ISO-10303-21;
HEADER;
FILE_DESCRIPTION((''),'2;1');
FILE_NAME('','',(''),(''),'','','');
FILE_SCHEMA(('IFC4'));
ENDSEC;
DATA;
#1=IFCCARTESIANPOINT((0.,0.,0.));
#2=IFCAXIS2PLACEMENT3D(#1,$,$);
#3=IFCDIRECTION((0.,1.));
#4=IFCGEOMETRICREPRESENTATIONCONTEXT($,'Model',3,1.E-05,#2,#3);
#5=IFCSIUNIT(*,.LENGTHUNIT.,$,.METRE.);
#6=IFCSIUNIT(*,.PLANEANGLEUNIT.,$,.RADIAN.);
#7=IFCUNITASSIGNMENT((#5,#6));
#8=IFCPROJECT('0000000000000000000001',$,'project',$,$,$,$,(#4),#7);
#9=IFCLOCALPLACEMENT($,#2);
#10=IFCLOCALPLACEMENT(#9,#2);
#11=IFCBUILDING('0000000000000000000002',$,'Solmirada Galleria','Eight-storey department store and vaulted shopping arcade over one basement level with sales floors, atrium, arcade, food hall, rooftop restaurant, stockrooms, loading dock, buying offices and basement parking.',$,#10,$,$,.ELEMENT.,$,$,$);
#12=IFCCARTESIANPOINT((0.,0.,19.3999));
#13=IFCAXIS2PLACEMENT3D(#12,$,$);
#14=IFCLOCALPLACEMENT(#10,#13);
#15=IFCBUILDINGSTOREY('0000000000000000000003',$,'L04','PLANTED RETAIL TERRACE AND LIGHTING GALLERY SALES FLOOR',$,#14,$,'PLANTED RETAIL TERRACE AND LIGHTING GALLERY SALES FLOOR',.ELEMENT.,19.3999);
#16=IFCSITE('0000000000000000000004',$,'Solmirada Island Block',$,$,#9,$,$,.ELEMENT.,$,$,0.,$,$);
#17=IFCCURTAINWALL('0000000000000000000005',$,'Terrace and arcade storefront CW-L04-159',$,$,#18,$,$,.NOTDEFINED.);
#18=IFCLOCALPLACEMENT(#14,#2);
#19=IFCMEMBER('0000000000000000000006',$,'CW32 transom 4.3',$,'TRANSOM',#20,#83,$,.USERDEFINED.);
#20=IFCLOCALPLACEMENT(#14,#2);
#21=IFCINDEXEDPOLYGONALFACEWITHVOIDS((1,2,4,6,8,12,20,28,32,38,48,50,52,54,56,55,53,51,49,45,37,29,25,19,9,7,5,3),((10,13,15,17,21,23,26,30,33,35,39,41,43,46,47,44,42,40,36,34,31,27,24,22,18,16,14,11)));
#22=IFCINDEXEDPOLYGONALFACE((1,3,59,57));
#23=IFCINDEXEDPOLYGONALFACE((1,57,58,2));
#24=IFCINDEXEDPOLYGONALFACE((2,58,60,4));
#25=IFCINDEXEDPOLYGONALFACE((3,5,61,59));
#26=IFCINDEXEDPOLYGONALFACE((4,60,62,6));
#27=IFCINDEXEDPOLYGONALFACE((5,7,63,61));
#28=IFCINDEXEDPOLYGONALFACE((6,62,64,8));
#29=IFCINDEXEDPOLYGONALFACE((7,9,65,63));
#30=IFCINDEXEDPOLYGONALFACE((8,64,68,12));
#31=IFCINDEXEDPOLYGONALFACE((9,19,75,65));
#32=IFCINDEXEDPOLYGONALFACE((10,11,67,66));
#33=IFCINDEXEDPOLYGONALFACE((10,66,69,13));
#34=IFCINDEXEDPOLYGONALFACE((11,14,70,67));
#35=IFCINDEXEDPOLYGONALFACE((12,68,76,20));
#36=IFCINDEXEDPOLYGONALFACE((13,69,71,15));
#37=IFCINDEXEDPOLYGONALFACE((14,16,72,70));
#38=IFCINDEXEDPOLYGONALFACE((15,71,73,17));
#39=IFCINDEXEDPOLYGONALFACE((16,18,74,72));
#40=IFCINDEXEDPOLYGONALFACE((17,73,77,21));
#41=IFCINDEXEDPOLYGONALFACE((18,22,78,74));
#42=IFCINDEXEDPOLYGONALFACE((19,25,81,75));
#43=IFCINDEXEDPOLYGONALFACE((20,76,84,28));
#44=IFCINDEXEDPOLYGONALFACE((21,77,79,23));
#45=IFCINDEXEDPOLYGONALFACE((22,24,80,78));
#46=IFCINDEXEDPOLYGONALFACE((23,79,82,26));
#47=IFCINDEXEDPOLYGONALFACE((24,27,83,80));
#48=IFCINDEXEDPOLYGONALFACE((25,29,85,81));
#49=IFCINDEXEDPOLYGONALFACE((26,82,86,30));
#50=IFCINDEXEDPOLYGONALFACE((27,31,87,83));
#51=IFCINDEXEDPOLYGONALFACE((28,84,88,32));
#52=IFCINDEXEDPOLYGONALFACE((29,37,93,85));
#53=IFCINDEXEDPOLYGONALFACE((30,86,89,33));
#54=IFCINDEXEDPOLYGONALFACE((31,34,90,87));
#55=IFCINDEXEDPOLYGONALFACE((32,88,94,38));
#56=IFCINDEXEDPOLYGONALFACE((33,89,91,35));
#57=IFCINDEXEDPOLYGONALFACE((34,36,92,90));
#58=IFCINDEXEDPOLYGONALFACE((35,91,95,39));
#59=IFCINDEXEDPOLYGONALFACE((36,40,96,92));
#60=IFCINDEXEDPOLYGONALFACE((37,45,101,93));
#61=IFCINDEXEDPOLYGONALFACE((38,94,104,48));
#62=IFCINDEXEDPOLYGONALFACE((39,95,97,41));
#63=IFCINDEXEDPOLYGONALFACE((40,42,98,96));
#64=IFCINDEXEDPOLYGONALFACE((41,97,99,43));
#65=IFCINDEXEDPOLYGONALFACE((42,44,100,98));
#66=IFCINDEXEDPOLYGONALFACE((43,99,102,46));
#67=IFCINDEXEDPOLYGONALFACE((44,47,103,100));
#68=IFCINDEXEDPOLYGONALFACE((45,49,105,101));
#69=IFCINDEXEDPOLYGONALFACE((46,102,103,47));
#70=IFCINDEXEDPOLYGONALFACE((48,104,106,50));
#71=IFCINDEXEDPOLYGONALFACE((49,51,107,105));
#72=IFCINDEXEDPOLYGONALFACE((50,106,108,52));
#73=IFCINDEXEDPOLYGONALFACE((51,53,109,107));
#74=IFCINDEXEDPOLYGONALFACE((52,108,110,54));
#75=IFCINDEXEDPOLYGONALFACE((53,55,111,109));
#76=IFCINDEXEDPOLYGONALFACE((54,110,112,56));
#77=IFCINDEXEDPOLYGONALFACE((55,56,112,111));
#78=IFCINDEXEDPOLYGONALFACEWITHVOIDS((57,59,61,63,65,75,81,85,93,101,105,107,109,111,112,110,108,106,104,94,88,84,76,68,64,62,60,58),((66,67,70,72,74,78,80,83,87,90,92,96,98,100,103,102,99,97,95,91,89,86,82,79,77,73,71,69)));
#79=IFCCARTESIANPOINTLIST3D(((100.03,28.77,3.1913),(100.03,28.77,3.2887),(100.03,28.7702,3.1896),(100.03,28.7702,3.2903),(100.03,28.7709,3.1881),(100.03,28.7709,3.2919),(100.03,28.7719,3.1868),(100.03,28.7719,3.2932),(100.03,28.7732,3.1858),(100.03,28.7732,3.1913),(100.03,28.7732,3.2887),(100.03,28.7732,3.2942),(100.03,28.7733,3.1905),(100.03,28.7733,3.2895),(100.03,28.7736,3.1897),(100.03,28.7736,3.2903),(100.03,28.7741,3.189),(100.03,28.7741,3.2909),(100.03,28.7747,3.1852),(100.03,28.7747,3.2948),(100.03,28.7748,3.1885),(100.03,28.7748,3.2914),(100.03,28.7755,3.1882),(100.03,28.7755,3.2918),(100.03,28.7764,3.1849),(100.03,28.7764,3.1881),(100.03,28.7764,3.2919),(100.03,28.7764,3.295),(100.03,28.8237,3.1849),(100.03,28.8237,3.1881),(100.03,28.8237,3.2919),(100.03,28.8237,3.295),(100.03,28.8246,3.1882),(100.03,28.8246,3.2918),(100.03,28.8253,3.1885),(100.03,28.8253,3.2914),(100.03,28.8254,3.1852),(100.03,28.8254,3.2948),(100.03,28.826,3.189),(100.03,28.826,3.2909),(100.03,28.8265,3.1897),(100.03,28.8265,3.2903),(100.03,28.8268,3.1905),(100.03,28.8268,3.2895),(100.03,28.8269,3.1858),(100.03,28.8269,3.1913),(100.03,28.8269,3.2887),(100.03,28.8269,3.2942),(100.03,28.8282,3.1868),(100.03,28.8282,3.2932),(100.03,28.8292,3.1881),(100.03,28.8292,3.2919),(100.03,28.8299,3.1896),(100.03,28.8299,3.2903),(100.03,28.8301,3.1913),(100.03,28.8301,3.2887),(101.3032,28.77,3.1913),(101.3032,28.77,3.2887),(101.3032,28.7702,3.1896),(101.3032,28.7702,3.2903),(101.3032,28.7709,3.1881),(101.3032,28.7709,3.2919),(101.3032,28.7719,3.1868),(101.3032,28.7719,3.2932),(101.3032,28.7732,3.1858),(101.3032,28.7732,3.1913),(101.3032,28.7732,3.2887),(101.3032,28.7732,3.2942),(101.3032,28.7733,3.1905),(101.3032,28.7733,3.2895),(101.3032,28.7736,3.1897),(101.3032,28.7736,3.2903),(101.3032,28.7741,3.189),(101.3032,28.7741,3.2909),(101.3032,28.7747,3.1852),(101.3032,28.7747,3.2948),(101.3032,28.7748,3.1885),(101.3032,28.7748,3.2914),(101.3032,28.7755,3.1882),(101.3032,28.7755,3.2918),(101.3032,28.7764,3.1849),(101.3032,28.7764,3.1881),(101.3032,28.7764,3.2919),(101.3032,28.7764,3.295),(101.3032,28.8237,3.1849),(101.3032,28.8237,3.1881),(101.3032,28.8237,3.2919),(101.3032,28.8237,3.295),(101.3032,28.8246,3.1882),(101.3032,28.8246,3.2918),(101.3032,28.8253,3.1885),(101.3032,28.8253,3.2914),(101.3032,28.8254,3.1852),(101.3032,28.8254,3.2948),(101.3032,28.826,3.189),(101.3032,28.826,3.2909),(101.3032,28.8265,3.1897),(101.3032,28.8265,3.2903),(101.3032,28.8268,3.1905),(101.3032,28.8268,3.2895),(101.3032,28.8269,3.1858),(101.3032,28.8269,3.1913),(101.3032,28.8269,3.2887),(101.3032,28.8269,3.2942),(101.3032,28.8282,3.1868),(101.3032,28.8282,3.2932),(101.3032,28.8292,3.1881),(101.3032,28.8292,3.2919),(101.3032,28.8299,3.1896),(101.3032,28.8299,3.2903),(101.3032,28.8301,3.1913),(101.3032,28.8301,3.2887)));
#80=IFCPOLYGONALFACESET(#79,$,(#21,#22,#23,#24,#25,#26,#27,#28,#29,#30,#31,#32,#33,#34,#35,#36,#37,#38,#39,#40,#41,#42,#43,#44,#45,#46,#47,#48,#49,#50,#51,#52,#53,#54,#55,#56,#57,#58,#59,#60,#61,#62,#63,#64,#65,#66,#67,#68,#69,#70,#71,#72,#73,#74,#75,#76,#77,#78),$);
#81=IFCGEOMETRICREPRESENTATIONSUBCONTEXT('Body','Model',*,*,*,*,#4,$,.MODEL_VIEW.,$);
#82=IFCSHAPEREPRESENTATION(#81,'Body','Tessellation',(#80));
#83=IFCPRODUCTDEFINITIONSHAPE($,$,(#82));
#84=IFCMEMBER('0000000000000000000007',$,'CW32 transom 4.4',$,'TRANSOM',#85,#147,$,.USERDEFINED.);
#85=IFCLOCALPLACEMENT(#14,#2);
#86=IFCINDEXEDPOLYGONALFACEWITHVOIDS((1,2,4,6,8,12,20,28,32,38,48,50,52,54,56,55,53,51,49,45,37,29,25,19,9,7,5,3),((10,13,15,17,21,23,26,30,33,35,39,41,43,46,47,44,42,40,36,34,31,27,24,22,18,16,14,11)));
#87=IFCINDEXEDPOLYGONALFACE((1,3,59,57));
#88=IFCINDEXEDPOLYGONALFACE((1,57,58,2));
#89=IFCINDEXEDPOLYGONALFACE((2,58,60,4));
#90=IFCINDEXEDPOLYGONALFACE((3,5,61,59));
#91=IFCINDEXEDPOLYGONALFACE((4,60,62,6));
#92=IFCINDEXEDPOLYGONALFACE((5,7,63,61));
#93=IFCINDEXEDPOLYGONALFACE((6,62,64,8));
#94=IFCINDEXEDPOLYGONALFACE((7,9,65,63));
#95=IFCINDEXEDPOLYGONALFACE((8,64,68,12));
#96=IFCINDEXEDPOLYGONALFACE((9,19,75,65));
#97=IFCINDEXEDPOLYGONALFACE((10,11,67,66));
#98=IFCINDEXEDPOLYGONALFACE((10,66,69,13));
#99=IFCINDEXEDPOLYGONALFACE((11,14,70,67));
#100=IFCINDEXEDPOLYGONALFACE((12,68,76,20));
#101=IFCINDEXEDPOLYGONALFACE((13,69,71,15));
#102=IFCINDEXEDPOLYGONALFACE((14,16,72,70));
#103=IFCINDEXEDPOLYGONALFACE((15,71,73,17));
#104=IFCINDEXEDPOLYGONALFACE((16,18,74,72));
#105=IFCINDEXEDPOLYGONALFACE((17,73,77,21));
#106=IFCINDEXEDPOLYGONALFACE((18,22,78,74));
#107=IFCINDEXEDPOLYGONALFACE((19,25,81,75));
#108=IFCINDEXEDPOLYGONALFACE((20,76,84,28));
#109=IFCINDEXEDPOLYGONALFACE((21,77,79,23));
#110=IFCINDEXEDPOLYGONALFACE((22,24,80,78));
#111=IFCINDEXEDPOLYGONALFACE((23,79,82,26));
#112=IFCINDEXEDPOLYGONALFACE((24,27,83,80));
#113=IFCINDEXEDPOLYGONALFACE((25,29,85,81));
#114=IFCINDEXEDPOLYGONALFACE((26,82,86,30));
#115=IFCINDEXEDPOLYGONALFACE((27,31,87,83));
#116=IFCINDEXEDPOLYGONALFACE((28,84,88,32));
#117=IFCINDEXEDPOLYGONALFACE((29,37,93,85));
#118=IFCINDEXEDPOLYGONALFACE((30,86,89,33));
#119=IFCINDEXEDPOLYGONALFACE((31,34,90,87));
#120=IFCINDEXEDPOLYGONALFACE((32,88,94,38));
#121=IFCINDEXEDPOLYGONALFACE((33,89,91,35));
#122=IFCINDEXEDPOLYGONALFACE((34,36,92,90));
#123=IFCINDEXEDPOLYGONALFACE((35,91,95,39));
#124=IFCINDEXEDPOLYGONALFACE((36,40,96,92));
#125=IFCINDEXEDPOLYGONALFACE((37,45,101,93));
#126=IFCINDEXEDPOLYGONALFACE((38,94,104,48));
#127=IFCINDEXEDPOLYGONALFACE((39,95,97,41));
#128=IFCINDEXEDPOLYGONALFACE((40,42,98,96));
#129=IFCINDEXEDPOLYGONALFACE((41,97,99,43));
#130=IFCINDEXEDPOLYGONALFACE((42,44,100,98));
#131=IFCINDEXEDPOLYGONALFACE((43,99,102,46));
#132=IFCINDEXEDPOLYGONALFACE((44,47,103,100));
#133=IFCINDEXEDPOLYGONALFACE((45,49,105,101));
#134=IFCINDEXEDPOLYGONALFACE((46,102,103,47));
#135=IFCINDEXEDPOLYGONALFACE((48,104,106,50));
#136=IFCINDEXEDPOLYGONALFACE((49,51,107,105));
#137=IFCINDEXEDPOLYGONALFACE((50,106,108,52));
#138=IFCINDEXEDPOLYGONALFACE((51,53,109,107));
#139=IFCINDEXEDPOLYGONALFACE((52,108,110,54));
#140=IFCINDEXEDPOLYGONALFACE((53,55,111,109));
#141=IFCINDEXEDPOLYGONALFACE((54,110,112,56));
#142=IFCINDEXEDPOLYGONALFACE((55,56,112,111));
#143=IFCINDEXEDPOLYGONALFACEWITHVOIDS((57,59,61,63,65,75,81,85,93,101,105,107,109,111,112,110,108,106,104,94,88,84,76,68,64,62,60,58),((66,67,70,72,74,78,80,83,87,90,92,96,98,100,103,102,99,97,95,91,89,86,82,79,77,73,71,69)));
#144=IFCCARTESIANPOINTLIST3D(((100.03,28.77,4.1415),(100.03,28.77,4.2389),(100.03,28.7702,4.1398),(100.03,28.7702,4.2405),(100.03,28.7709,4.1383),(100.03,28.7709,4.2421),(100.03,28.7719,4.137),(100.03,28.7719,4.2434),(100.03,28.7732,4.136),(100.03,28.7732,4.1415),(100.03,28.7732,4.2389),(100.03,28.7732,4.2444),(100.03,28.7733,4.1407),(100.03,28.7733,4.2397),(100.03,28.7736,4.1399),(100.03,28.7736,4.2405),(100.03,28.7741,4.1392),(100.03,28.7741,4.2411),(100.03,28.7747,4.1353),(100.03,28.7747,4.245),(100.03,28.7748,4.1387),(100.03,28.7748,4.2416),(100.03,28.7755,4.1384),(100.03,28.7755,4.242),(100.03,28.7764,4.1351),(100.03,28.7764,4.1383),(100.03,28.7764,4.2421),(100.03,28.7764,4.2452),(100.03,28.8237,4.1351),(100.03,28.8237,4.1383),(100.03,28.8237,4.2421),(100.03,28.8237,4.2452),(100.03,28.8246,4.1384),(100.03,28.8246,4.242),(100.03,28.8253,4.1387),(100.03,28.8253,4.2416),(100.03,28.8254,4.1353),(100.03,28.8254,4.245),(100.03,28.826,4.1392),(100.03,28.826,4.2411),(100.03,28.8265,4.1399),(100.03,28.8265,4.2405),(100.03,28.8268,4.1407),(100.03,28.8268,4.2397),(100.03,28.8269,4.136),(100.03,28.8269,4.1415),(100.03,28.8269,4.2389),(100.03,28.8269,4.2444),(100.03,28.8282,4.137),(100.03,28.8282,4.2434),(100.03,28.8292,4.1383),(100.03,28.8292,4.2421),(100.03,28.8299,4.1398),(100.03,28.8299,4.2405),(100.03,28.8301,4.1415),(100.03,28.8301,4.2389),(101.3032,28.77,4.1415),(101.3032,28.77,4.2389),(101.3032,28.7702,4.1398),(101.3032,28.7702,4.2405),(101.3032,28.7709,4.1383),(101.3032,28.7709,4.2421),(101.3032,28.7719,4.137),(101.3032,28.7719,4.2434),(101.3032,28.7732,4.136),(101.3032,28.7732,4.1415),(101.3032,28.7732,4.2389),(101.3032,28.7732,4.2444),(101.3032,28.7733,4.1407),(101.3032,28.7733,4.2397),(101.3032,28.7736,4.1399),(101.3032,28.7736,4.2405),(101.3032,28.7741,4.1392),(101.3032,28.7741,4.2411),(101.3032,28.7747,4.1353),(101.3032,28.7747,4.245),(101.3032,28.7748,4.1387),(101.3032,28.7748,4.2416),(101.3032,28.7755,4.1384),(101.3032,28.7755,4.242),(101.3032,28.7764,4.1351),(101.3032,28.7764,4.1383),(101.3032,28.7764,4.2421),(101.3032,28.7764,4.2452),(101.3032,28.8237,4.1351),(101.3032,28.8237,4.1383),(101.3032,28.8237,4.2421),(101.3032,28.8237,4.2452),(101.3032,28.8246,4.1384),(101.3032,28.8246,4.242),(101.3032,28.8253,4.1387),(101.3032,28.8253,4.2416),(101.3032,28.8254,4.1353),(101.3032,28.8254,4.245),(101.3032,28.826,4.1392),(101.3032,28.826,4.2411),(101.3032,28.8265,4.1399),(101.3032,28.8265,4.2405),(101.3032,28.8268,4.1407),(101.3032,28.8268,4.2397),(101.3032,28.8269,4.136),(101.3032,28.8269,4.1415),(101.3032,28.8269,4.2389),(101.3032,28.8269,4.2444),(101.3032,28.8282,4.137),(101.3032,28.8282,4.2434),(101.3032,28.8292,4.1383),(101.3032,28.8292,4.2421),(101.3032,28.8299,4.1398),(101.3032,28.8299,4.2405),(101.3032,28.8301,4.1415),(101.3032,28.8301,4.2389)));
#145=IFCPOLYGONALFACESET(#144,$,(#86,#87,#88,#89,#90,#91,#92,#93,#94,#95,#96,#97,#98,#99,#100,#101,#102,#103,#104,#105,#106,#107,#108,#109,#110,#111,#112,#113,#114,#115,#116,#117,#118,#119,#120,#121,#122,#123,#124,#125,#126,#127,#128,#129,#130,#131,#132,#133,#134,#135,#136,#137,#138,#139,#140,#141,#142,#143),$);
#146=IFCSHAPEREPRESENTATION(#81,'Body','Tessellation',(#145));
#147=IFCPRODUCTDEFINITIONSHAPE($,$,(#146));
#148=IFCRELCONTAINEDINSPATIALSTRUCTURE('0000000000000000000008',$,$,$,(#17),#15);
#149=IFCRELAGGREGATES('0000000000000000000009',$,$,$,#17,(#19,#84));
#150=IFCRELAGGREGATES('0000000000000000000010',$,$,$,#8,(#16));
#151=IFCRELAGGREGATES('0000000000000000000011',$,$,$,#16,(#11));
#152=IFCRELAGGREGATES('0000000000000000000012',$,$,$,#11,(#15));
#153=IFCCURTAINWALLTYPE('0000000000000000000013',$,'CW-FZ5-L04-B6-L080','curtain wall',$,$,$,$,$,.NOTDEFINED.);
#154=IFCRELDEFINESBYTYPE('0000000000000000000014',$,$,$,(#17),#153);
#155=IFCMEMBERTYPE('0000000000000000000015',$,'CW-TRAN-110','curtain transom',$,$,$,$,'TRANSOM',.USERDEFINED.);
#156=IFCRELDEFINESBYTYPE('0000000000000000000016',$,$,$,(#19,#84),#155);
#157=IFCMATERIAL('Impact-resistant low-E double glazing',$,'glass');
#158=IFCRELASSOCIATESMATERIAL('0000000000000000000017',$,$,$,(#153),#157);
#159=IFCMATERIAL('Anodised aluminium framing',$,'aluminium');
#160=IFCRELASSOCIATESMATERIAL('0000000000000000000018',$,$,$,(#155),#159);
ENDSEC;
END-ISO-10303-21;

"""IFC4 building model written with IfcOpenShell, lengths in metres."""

from ifc_helpers import new_model, si_unit, direction, frame, origin, origin_2d, place, context, subcontext, project, spatial, hollow_rectangle, extrude, material, material_profile, profile_set, type_object, element, aggregate, save


model = new_model("IFC4")

# Units and contexts
model_context = context("Model", 3, precision=1e-05, world=origin(), true_north=direction((0.0, 1.0)))
body_context = subcontext(model_context, "Body", "Model", "MODEL_VIEW")
ifc_project = project(units=[si_unit("LENGTHUNIT", "METRE"), si_unit("PLANEANGLEUNIT", "RADIAN")], contexts=[model_context])

# Site, building, storey
site_placement = place(None, origin())
site = spatial("IfcSite", under=ifc_project, at=site_placement, Name="Solmirada Island Block", CompositionType="ELEMENT", RefElevation=0.0)
building_placement = place(site_placement, origin())
building = spatial("IfcBuilding", under=site, at=building_placement, Name="Solmirada Galleria", Description="Eight-storey department store and vaulted shopping arcade over one basement level with sales floors, atrium, arcade, food hall, rooftop restaurant, stockrooms, loading dock, buying offices and basement parking.", CompositionType="ELEMENT")
storey_placement = place(building_placement, frame((0.0, 0.0, 19.3999)))
storey = spatial("IfcBuildingStorey", under=building, at=storey_placement, Name="L04", Description="PLANTED RETAIL TERRACE AND LIGHTING GALLERY SALES FLOOR", LongName="PLANTED RETAIL TERRACE AND LIGHTING GALLERY SALES FLOOR", CompositionType="ELEMENT", Elevation=19.3999)

# Curtain wall, members
ifc_material_1 = material(Name="Impact-resistant low-E double glazing", Category="glass")
curtain_wall_type = type_object("IfcCurtainWallType", Name="CW-FZ5-L04-B6-L080", Description="curtain wall", PredefinedType="NOTDEFINED", material=ifc_material_1)
curtain_wall_placement = place(storey_placement, origin())
curtain_wall = element("IfcCurtainWall", 1, at=curtain_wall_placement, inside=storey, type_object=curtain_wall_type, Name="Terrace and arcade storefront CW-L04-159", PredefinedType="NOTDEFINED")
ifc_material_2 = material(Name="Anodised aluminium framing", Category="aluminium")
ifc_material_profile_1 = material_profile(ifc_material_2, hollow_rectangle(XDim=0.0601, YDim=0.1101, WallThickness=0.0032, InnerFilletRadius=0.0032, OuterFilletRadius=0.0063, at=origin_2d()), Name="ALU-TRAN-110X60")
ifc_profile_set_1 = profile_set([ifc_material_profile_1], Name="Anodised aluminium framing")
member_type_1 = type_object("IfcMemberType", Name="CW-TRAN-110", Description="curtain transom", ElementType="TRANSOM", PredefinedType="USERDEFINED", material=ifc_profile_set_1)
member_1_placement = place(storey_placement, frame((100.03, 28.8, 3.24), z_axis=(1.0, 0.0, 0.0), x_axis=(0.0, 1.0, 0.0)))
member_1 = element("IfcMember", 2, at=member_1_placement, type_object=member_type_1, Name="CW32 transom 4.3", ObjectType="TRANSOM", PredefinedType="USERDEFINED", context=body_context, shape_type="SweptSolid", body=[
    extrude(hollow_rectangle(XDim=0.0601, YDim=0.1101, WallThickness=0.0032, InnerFilletRadius=0.0032, OuterFilletRadius=0.0063, at=origin_2d()), origin(), (0.0, 0.0, 1.0), 1.2732),
])
member_2_placement = place(storey_placement, frame((100.03, 28.8, 4.1902), z_axis=(1.0, 0.0, 0.0), x_axis=(0.0, 1.0, 0.0)))
member_2 = element("IfcMember", 3, at=member_2_placement, type_object=member_type_1, Name="CW32 transom 4.4", ObjectType="TRANSOM", PredefinedType="USERDEFINED", context=body_context, shape_type="SweptSolid", body=[
    extrude(hollow_rectangle(XDim=0.0601, YDim=0.1101, WallThickness=0.0032, InnerFilletRadius=0.0032, OuterFilletRadius=0.0063, at=origin_2d()), origin(), (0.0, 0.0, 1.0), 1.2732),
])
aggregate(curtain_wall, [member_1, member_2])

save(model, "model.ifc")
